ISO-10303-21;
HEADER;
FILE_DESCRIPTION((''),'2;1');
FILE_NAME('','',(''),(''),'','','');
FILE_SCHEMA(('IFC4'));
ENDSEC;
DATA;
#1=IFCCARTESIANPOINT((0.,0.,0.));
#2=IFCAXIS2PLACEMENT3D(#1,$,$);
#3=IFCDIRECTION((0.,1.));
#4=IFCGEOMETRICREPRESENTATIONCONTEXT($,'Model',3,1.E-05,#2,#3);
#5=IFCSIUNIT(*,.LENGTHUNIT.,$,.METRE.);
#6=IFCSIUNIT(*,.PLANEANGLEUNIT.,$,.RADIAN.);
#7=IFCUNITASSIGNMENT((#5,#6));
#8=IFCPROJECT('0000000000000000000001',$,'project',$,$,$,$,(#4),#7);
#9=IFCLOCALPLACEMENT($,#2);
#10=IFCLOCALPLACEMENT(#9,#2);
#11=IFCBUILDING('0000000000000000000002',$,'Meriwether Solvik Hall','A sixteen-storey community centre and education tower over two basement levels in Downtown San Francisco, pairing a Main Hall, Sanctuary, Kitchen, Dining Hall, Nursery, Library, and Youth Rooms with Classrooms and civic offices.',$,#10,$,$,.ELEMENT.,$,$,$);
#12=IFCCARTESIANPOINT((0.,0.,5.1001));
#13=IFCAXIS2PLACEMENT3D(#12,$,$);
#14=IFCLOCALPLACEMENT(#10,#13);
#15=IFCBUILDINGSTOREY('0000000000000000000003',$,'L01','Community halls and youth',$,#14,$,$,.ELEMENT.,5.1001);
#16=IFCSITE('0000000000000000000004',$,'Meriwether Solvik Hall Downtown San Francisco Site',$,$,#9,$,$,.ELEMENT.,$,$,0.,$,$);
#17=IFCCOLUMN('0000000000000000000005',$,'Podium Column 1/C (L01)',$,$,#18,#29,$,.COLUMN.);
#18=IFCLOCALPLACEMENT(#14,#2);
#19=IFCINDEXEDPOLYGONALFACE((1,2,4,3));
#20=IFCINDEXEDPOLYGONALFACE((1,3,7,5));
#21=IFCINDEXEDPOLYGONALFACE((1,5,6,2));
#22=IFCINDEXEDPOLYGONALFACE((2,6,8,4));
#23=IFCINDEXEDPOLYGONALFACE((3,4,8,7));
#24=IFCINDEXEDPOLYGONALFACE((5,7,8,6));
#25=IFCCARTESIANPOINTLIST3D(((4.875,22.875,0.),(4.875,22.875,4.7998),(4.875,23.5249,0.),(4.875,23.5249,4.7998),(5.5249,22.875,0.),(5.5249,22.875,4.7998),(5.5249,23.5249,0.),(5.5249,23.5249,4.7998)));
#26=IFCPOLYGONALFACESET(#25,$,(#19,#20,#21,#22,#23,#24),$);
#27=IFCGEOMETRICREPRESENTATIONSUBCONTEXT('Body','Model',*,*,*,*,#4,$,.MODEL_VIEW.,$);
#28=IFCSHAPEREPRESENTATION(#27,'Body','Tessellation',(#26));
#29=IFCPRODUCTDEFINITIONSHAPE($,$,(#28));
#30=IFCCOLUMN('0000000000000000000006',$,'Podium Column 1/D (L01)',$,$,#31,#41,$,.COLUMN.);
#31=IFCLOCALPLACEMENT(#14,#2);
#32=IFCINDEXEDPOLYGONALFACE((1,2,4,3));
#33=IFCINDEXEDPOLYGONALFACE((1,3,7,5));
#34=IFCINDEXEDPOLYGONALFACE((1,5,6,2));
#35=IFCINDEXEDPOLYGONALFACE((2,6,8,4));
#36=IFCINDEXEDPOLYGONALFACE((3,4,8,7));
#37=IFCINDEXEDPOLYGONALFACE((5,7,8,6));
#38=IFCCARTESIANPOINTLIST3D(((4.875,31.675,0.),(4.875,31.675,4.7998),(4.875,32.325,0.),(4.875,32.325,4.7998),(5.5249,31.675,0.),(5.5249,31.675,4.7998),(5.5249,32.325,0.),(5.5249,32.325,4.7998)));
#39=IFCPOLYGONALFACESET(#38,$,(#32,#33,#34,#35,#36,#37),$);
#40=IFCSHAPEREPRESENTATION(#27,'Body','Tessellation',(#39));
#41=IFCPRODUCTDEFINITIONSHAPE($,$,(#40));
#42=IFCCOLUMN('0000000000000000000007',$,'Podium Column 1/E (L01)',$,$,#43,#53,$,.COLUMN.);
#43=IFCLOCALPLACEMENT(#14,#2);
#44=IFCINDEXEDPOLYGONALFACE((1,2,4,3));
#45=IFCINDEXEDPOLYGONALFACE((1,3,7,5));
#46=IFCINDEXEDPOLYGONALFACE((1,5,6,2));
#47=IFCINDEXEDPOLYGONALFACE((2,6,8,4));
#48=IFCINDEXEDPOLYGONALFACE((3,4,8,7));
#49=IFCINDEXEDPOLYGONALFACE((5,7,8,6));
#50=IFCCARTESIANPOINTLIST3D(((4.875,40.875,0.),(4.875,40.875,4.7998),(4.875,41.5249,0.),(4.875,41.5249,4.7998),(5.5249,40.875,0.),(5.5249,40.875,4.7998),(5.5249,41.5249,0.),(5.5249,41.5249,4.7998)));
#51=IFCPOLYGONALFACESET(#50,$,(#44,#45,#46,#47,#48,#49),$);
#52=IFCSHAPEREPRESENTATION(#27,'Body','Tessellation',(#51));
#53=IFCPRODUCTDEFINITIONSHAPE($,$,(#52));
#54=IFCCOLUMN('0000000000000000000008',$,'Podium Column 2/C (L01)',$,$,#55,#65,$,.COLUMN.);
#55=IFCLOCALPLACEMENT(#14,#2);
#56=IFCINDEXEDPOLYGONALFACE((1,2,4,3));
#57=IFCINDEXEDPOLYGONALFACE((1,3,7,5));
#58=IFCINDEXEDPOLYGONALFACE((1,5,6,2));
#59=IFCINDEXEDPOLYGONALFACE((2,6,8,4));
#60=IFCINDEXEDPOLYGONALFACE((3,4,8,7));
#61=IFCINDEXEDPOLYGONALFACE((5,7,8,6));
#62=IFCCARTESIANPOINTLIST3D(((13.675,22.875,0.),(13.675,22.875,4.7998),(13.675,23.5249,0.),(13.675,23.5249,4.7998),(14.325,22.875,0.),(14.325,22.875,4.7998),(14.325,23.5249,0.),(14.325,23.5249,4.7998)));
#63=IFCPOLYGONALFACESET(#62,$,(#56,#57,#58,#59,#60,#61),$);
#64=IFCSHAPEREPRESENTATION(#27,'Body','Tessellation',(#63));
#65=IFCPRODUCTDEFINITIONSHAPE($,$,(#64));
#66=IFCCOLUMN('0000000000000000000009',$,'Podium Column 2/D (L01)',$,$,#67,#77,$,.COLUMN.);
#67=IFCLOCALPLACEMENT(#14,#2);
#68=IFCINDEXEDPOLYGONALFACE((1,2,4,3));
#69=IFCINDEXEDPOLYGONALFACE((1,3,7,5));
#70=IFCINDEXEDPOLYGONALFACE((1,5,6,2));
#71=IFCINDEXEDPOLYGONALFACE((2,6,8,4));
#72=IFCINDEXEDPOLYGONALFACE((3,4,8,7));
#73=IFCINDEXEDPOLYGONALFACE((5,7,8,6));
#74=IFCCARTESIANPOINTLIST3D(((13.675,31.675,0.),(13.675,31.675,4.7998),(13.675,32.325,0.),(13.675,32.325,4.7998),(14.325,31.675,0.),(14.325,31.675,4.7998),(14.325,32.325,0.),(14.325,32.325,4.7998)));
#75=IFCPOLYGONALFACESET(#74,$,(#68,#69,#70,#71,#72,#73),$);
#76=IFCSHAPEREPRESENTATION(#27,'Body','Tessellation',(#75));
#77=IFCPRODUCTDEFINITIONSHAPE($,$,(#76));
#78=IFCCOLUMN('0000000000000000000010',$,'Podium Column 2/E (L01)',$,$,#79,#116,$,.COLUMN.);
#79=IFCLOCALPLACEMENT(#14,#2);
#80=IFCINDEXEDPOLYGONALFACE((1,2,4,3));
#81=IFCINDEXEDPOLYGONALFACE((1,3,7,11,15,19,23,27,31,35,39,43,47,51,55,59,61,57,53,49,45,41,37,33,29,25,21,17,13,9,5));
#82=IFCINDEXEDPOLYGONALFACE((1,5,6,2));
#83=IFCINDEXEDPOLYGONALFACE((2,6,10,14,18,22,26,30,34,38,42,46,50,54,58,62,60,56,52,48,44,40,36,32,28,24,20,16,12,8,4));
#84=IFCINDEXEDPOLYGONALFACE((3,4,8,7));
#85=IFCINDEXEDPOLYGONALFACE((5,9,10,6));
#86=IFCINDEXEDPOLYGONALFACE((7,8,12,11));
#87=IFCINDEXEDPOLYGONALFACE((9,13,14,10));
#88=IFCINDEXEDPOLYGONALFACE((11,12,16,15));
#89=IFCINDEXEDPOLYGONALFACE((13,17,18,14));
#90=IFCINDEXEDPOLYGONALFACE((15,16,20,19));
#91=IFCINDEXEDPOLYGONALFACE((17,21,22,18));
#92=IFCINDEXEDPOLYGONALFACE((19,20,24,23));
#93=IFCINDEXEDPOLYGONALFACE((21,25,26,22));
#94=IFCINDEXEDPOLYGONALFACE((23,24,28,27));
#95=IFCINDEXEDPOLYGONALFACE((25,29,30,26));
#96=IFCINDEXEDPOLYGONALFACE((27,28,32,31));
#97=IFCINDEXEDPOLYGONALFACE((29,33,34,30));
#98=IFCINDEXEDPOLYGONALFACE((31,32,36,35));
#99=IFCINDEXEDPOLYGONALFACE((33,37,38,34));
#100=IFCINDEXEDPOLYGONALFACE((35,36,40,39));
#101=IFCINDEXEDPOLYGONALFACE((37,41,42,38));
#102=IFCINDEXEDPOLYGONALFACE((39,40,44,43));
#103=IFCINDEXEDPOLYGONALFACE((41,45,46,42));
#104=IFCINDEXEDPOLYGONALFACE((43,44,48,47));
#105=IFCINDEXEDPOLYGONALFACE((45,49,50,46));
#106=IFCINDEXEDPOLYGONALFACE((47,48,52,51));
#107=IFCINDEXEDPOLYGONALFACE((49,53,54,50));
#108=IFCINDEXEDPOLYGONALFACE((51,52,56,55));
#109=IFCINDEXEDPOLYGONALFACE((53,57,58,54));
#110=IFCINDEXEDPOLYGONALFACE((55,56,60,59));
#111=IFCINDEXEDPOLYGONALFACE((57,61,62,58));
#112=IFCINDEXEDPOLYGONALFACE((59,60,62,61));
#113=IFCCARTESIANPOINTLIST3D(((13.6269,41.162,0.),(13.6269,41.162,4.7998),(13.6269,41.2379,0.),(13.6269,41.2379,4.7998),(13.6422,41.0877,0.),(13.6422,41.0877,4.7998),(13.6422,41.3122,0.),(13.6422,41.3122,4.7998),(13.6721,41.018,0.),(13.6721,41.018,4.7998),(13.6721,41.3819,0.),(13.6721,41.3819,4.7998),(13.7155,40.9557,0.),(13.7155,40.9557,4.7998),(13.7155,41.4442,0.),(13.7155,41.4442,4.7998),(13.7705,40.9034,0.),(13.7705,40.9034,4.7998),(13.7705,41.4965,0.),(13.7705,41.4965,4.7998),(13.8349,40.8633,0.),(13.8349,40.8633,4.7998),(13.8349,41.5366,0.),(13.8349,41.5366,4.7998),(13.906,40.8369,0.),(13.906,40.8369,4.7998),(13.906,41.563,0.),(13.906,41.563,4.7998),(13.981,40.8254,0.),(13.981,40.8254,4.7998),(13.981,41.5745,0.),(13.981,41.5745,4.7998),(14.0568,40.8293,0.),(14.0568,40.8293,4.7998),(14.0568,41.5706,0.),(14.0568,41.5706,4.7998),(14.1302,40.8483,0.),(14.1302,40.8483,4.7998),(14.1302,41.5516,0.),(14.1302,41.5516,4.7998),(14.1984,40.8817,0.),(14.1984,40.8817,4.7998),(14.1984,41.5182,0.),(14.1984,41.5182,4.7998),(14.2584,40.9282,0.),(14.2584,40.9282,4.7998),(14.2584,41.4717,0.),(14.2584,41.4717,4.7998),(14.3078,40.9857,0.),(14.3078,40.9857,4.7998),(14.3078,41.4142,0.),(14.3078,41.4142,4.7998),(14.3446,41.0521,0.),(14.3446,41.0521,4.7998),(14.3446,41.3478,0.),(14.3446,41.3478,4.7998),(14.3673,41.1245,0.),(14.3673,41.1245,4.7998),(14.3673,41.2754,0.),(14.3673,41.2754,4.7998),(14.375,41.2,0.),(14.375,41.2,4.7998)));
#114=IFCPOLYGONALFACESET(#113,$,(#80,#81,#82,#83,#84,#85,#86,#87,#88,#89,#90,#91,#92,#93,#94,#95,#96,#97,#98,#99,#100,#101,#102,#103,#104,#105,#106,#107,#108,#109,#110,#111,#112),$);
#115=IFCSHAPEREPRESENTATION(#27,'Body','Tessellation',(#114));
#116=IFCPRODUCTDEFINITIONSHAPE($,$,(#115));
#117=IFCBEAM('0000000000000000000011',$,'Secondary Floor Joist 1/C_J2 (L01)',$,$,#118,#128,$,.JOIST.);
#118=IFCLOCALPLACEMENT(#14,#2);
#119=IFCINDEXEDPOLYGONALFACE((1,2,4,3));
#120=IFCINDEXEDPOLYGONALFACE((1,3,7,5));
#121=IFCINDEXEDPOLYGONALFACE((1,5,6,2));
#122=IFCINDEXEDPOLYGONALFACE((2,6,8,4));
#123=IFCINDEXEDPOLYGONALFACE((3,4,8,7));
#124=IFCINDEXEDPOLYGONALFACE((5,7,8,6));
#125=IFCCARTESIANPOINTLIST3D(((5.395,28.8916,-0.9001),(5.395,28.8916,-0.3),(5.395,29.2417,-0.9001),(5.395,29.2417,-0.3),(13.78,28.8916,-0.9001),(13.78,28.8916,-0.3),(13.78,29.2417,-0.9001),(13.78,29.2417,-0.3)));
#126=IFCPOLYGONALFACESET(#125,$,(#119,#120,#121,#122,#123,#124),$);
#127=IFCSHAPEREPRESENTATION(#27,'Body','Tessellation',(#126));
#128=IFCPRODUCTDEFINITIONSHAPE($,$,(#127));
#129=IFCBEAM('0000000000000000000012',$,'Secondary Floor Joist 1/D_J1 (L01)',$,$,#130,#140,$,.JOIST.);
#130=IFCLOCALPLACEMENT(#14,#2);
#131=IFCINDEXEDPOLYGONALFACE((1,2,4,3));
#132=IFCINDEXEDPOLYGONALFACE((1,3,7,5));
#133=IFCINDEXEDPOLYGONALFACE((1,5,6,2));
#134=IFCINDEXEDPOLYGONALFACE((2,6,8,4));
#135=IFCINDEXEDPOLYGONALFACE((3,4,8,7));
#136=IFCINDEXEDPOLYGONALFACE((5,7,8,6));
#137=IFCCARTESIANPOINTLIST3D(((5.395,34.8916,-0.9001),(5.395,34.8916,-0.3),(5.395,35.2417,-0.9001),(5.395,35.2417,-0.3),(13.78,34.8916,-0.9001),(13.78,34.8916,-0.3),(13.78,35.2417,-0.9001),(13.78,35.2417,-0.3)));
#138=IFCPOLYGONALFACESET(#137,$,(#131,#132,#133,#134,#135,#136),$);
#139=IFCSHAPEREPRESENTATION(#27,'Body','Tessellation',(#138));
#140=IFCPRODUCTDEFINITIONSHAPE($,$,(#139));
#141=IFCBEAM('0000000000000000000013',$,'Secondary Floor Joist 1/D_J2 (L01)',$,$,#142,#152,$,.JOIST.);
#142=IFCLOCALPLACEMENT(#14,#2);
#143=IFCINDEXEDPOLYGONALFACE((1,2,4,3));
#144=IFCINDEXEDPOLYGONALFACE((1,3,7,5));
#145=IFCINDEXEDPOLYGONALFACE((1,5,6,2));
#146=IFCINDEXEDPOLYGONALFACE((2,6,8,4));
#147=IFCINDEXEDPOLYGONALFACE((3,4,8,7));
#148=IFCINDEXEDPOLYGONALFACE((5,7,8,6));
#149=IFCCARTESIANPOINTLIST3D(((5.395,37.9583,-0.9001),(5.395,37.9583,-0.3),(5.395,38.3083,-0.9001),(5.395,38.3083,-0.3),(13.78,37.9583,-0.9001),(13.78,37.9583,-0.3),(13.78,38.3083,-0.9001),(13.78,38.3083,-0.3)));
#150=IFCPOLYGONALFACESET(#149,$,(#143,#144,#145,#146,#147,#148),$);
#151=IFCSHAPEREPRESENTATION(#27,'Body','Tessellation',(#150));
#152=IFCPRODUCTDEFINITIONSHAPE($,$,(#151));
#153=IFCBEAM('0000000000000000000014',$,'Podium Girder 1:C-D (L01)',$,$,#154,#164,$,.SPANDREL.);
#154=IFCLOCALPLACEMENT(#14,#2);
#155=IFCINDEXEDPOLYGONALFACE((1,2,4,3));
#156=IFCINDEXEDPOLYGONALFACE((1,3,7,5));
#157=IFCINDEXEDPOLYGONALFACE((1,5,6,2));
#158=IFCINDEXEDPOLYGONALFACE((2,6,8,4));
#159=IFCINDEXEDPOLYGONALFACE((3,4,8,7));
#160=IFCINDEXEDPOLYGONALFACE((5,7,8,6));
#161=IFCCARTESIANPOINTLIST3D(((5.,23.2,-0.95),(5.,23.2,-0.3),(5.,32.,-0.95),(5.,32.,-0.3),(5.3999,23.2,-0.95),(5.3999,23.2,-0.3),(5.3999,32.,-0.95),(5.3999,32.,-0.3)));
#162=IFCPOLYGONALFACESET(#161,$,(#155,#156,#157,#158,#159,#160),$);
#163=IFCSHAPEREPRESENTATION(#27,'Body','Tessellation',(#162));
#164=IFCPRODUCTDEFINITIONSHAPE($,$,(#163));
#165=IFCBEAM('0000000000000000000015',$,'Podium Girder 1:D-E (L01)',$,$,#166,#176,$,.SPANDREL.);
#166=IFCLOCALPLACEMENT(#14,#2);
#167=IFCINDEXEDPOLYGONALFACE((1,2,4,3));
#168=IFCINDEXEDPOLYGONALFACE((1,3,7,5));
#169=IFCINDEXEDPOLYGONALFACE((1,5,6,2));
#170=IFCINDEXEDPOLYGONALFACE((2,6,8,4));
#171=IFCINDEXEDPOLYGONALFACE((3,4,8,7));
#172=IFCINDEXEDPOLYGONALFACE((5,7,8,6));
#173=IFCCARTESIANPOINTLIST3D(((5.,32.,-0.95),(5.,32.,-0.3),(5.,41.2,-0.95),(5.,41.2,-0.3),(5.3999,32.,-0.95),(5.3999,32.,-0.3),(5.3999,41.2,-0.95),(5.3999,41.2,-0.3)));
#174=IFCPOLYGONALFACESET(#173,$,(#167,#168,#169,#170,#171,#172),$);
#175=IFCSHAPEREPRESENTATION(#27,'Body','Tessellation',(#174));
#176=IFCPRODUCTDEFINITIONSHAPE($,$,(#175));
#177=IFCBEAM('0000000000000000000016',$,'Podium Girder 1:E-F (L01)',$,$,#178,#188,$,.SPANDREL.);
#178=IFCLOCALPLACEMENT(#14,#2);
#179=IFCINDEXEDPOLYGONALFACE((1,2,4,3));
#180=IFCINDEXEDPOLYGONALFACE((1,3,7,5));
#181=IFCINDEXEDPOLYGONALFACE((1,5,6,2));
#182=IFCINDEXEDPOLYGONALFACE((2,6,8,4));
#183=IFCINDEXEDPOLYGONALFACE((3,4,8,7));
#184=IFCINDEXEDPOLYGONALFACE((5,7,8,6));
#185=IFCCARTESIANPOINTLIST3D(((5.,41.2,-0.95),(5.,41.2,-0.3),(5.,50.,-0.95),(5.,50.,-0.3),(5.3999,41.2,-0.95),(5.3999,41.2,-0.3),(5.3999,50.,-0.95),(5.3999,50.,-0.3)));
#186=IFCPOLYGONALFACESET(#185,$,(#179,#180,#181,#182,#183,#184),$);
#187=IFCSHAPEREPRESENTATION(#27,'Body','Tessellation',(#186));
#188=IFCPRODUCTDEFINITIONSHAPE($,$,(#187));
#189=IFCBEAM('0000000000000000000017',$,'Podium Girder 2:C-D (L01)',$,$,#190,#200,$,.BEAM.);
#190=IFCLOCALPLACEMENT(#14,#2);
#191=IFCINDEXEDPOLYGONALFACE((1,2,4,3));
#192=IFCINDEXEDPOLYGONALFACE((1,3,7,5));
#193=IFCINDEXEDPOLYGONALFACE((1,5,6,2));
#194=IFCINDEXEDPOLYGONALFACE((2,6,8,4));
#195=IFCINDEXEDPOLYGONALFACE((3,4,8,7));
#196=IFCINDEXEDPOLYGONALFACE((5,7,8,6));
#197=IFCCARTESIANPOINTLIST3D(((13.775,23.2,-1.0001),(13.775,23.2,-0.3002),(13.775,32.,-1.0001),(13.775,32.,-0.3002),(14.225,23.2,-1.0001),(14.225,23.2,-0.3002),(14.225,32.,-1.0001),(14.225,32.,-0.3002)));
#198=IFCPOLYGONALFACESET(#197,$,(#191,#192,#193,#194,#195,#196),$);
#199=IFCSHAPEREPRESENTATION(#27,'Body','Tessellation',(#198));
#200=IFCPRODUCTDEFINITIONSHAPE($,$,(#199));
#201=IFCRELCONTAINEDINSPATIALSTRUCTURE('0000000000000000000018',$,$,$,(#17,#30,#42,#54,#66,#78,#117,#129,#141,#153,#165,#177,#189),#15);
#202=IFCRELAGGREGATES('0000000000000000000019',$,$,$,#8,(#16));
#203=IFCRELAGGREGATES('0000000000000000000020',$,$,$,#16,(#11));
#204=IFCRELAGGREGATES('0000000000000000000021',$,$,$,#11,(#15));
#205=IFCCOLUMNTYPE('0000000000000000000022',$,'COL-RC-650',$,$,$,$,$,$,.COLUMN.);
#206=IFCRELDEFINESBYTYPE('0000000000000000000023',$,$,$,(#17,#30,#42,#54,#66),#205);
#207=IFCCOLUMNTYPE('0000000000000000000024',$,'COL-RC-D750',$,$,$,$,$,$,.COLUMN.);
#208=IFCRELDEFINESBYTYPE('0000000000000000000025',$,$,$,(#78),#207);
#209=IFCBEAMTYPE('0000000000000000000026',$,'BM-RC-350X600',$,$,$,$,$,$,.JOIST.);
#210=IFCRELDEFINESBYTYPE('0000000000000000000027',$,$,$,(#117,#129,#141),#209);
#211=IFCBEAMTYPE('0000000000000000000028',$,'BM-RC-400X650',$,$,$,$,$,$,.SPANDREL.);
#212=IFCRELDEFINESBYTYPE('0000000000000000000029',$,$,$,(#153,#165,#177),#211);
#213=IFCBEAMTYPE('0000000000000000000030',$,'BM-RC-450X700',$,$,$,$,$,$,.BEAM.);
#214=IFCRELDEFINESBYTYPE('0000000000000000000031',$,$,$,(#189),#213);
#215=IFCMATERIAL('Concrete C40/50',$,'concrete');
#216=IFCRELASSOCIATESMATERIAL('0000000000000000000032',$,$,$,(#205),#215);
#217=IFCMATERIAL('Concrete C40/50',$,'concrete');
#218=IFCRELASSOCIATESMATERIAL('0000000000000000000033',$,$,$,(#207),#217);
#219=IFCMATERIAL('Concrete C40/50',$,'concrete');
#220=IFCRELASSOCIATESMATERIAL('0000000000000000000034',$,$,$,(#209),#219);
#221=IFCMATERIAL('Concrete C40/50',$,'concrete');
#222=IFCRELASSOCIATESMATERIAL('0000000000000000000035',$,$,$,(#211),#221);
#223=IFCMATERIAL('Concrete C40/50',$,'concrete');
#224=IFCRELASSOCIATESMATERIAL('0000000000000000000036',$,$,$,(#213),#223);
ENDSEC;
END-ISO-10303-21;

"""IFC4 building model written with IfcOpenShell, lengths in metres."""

from ifc_helpers import new_model, si_unit, direction, frame, origin, origin_2d, place, context, subcontext, project, spatial, rectangle, circle, extrude, material, material_profile, profile_set, type_object, element, save


model = new_model("IFC4")

# Units and contexts
model_context = context("Model", 3, precision=1e-05, world=origin(), true_north=direction((0.0, 1.0)))
body_context = subcontext(model_context, "Body", "Model", "MODEL_VIEW")
ifc_project = project(units=[si_unit("LENGTHUNIT", "METRE"), si_unit("PLANEANGLEUNIT", "RADIAN")], contexts=[model_context])

# Site, building, storey
site_placement = place(None, origin())
site = spatial("IfcSite", under=ifc_project, at=site_placement, Name="Meriwether Solvik Hall Downtown San Francisco Site", CompositionType="ELEMENT", RefElevation=0.0)
building_placement = place(site_placement, origin())
building = spatial("IfcBuilding", under=site, at=building_placement, Name="Meriwether Solvik Hall", Description="A sixteen-storey community centre and education tower over two basement levels in Downtown San Francisco, pairing a Main Hall, Sanctuary, Kitchen, Dining Hall, Nursery, Library, and Youth Rooms with Classrooms and civic offices.", CompositionType="ELEMENT")
storey_placement = place(building_placement, frame((0.0, 0.0, 5.1001)))
storey = spatial("IfcBuildingStorey", under=building, at=storey_placement, Name="L01", Description="Community halls and youth", CompositionType="ELEMENT", Elevation=5.1001)

# Columns
ifc_material_1 = material(Name="Concrete C40/50", Category="concrete")
ifc_material_profile_1 = material_profile(ifc_material_1, rectangle(XDim=0.6499, YDim=0.6499, at=origin_2d()), Name="RCC-650X650")
ifc_profile_set_1 = profile_set([ifc_material_profile_1], Name="Concrete C40/50")
column_type_1 = type_object("IfcColumnType", Name="COL-RC-650", PredefinedType="COLUMN", material=ifc_profile_set_1)
for number, where, z_axis, x_axis, name in (
    (1, (5.2, 23.2, 0.0), (0.0, 0.0, 1.0), (1.0, 0.0, 0.0), "Podium Column 1/C (L01)"),
    (2, (5.2, 32.0, 0.0), (0.0, 0.0, 1.0), (1.0, 0.0, 0.0), "Podium Column 1/D (L01)"),
    (3, (5.2, 41.2, 0.0), (0.0, 0.0, 1.0), (1.0, 0.0, 0.0), "Podium Column 1/E (L01)"),
    (4, (14.0, 23.2, 0.0), (0.0, 0.0, 1.0), (1.0, 0.0, 0.0), "Podium Column 2/C (L01)"),
    (5, (14.0, 32.0, 0.0), (0.0, 0.0, 1.0), (1.0, 0.0, 0.0), "Podium Column 2/D (L01)"),
):
    element("IfcColumn", number, at=place(storey_placement, frame(where, z_axis=z_axis, x_axis=x_axis)), inside=storey, type_object=column_type_1, Name=name, PredefinedType="COLUMN", context=body_context, shape_type="SweptSolid", body=[
        extrude(rectangle(XDim=0.6499, YDim=0.6499, at=origin_2d()), origin(), (0.0, 0.0, 1.0), 4.7998),
    ])
ifc_material_2 = material(Name="Concrete C40/50", Category="concrete")
ifc_material_profile_2 = material_profile(ifc_material_2, circle(Radius=0.375, at=origin_2d()), Name="RCC-D750")
ifc_profile_set_2 = profile_set([ifc_material_profile_2], Name="Concrete C40/50")
column_type_2 = type_object("IfcColumnType", Name="COL-RC-D750", PredefinedType="COLUMN", material=ifc_profile_set_2)
column_placement = place(storey_placement, frame((14.0, 41.2, 0.0), z_axis=(0.0, 0.0, 1.0), x_axis=(1.0, 0.0, 0.0)))
element("IfcColumn", 6, at=column_placement, inside=storey, type_object=column_type_2, Name="Podium Column 2/E (L01)", PredefinedType="COLUMN", context=body_context, shape_type="SweptSolid", body=[
    extrude(circle(Radius=0.375, at=origin_2d()), origin(), (0.0, 0.0, 1.0), 4.7998),
])

# Beams
ifc_material_3 = material(Name="Concrete C40/50", Category="concrete")
ifc_material_profile_3 = material_profile(ifc_material_3, rectangle(XDim=0.3501, YDim=0.6001, at=origin_2d()), Name="RCB-350X600")
ifc_profile_set_3 = profile_set([ifc_material_profile_3], Name="Concrete C40/50")
beam_type_1 = type_object("IfcBeamType", Name="BM-RC-350X600", PredefinedType="JOIST", material=ifc_profile_set_3)
for number, where, z_axis, x_axis, name in (
    (7, (5.395, 29.0667, -0.6001), (1.0, 0.0, 0.0), (0.0, 1.0, 0.0), "Secondary Floor Joist 1/C_J2 (L01)"),
    (8, (5.395, 35.0667, -0.6001), (1.0, 0.0, 0.0), (0.0, 1.0, 0.0), "Secondary Floor Joist 1/D_J1 (L01)"),
    (9, (5.395, 38.1333, -0.6001), (1.0, 0.0, 0.0), (0.0, 1.0, 0.0), "Secondary Floor Joist 1/D_J2 (L01)"),
):
    element("IfcBeam", number, at=place(storey_placement, frame(where, z_axis=z_axis, x_axis=x_axis)), inside=storey, type_object=beam_type_1, Name=name, PredefinedType="JOIST", context=body_context, shape_type="SweptSolid", body=[
        extrude(rectangle(XDim=0.3501, YDim=0.6001, at=origin_2d()), origin(), (0.0, 0.0, 1.0), 8.385),
    ])
ifc_material_4 = material(Name="Concrete C40/50", Category="concrete")
ifc_material_profile_4 = material_profile(ifc_material_4, rectangle(XDim=0.3999, YDim=0.6499, at=origin_2d()), Name="RCB-400X650")
ifc_profile_set_4 = profile_set([ifc_material_profile_4], Name="Concrete C40/50")
beam_type_2 = type_object("IfcBeamType", Name="BM-RC-400X650", PredefinedType="SPANDREL", material=ifc_profile_set_4)
beam_1_placement = place(storey_placement, frame((5.2, 23.2, -0.625), z_axis=(0.0, 1.0, 0.0), x_axis=(-1.0, 0.0, 0.0)))
element("IfcBeam", 10, at=beam_1_placement, inside=storey, type_object=beam_type_2, Name="Podium Girder 1:C-D (L01)", PredefinedType="SPANDREL", context=body_context, shape_type="SweptSolid", body=[
    extrude(rectangle(XDim=0.3999, YDim=0.6499, at=origin_2d()), origin(), (0.0, 0.0, 1.0), 8.8),
])
beam_2_placement = place(storey_placement, frame((5.2, 32.0, -0.625), z_axis=(0.0, 1.0, 0.0), x_axis=(-1.0, 0.0, 0.0)))
element("IfcBeam", 11, at=beam_2_placement, inside=storey, type_object=beam_type_2, Name="Podium Girder 1:D-E (L01)", PredefinedType="SPANDREL", context=body_context, shape_type="SweptSolid", body=[
    extrude(rectangle(XDim=0.3999, YDim=0.6499, at=origin_2d()), origin(), (0.0, 0.0, 1.0), 9.2),
])
beam_3_placement = place(storey_placement, frame((5.2, 41.2, -0.625), z_axis=(0.0, 1.0, 0.0), x_axis=(-1.0, 0.0, 0.0)))
element("IfcBeam", 12, at=beam_3_placement, inside=storey, type_object=beam_type_2, Name="Podium Girder 1:E-F (L01)", PredefinedType="SPANDREL", context=body_context, shape_type="SweptSolid", body=[
    extrude(rectangle(XDim=0.3999, YDim=0.6499, at=origin_2d()), origin(), (0.0, 0.0, 1.0), 8.8),
])
ifc_material_5 = material(Name="Concrete C40/50", Category="concrete")
ifc_material_profile_5 = material_profile(ifc_material_5, rectangle(XDim=0.45, YDim=0.7, at=origin_2d()), Name="RCB-450X700")
ifc_profile_set_5 = profile_set([ifc_material_profile_5], Name="Concrete C40/50")
beam_type_3 = type_object("IfcBeamType", Name="BM-RC-450X700", PredefinedType="BEAM", material=ifc_profile_set_5)
beam_4_placement = place(storey_placement, frame((14.0, 23.2, -0.6501), z_axis=(0.0, 1.0, 0.0), x_axis=(-1.0, 0.0, 0.0)))
element("IfcBeam", 13, at=beam_4_placement, inside=storey, type_object=beam_type_3, Name="Podium Girder 2:C-D (L01)", PredefinedType="BEAM", context=body_context, shape_type="SweptSolid", body=[
    extrude(rectangle(XDim=0.45, YDim=0.7, at=origin_2d()), origin(), (0.0, 0.0, 1.0), 8.8),
])

save(model, "model.ifc")
